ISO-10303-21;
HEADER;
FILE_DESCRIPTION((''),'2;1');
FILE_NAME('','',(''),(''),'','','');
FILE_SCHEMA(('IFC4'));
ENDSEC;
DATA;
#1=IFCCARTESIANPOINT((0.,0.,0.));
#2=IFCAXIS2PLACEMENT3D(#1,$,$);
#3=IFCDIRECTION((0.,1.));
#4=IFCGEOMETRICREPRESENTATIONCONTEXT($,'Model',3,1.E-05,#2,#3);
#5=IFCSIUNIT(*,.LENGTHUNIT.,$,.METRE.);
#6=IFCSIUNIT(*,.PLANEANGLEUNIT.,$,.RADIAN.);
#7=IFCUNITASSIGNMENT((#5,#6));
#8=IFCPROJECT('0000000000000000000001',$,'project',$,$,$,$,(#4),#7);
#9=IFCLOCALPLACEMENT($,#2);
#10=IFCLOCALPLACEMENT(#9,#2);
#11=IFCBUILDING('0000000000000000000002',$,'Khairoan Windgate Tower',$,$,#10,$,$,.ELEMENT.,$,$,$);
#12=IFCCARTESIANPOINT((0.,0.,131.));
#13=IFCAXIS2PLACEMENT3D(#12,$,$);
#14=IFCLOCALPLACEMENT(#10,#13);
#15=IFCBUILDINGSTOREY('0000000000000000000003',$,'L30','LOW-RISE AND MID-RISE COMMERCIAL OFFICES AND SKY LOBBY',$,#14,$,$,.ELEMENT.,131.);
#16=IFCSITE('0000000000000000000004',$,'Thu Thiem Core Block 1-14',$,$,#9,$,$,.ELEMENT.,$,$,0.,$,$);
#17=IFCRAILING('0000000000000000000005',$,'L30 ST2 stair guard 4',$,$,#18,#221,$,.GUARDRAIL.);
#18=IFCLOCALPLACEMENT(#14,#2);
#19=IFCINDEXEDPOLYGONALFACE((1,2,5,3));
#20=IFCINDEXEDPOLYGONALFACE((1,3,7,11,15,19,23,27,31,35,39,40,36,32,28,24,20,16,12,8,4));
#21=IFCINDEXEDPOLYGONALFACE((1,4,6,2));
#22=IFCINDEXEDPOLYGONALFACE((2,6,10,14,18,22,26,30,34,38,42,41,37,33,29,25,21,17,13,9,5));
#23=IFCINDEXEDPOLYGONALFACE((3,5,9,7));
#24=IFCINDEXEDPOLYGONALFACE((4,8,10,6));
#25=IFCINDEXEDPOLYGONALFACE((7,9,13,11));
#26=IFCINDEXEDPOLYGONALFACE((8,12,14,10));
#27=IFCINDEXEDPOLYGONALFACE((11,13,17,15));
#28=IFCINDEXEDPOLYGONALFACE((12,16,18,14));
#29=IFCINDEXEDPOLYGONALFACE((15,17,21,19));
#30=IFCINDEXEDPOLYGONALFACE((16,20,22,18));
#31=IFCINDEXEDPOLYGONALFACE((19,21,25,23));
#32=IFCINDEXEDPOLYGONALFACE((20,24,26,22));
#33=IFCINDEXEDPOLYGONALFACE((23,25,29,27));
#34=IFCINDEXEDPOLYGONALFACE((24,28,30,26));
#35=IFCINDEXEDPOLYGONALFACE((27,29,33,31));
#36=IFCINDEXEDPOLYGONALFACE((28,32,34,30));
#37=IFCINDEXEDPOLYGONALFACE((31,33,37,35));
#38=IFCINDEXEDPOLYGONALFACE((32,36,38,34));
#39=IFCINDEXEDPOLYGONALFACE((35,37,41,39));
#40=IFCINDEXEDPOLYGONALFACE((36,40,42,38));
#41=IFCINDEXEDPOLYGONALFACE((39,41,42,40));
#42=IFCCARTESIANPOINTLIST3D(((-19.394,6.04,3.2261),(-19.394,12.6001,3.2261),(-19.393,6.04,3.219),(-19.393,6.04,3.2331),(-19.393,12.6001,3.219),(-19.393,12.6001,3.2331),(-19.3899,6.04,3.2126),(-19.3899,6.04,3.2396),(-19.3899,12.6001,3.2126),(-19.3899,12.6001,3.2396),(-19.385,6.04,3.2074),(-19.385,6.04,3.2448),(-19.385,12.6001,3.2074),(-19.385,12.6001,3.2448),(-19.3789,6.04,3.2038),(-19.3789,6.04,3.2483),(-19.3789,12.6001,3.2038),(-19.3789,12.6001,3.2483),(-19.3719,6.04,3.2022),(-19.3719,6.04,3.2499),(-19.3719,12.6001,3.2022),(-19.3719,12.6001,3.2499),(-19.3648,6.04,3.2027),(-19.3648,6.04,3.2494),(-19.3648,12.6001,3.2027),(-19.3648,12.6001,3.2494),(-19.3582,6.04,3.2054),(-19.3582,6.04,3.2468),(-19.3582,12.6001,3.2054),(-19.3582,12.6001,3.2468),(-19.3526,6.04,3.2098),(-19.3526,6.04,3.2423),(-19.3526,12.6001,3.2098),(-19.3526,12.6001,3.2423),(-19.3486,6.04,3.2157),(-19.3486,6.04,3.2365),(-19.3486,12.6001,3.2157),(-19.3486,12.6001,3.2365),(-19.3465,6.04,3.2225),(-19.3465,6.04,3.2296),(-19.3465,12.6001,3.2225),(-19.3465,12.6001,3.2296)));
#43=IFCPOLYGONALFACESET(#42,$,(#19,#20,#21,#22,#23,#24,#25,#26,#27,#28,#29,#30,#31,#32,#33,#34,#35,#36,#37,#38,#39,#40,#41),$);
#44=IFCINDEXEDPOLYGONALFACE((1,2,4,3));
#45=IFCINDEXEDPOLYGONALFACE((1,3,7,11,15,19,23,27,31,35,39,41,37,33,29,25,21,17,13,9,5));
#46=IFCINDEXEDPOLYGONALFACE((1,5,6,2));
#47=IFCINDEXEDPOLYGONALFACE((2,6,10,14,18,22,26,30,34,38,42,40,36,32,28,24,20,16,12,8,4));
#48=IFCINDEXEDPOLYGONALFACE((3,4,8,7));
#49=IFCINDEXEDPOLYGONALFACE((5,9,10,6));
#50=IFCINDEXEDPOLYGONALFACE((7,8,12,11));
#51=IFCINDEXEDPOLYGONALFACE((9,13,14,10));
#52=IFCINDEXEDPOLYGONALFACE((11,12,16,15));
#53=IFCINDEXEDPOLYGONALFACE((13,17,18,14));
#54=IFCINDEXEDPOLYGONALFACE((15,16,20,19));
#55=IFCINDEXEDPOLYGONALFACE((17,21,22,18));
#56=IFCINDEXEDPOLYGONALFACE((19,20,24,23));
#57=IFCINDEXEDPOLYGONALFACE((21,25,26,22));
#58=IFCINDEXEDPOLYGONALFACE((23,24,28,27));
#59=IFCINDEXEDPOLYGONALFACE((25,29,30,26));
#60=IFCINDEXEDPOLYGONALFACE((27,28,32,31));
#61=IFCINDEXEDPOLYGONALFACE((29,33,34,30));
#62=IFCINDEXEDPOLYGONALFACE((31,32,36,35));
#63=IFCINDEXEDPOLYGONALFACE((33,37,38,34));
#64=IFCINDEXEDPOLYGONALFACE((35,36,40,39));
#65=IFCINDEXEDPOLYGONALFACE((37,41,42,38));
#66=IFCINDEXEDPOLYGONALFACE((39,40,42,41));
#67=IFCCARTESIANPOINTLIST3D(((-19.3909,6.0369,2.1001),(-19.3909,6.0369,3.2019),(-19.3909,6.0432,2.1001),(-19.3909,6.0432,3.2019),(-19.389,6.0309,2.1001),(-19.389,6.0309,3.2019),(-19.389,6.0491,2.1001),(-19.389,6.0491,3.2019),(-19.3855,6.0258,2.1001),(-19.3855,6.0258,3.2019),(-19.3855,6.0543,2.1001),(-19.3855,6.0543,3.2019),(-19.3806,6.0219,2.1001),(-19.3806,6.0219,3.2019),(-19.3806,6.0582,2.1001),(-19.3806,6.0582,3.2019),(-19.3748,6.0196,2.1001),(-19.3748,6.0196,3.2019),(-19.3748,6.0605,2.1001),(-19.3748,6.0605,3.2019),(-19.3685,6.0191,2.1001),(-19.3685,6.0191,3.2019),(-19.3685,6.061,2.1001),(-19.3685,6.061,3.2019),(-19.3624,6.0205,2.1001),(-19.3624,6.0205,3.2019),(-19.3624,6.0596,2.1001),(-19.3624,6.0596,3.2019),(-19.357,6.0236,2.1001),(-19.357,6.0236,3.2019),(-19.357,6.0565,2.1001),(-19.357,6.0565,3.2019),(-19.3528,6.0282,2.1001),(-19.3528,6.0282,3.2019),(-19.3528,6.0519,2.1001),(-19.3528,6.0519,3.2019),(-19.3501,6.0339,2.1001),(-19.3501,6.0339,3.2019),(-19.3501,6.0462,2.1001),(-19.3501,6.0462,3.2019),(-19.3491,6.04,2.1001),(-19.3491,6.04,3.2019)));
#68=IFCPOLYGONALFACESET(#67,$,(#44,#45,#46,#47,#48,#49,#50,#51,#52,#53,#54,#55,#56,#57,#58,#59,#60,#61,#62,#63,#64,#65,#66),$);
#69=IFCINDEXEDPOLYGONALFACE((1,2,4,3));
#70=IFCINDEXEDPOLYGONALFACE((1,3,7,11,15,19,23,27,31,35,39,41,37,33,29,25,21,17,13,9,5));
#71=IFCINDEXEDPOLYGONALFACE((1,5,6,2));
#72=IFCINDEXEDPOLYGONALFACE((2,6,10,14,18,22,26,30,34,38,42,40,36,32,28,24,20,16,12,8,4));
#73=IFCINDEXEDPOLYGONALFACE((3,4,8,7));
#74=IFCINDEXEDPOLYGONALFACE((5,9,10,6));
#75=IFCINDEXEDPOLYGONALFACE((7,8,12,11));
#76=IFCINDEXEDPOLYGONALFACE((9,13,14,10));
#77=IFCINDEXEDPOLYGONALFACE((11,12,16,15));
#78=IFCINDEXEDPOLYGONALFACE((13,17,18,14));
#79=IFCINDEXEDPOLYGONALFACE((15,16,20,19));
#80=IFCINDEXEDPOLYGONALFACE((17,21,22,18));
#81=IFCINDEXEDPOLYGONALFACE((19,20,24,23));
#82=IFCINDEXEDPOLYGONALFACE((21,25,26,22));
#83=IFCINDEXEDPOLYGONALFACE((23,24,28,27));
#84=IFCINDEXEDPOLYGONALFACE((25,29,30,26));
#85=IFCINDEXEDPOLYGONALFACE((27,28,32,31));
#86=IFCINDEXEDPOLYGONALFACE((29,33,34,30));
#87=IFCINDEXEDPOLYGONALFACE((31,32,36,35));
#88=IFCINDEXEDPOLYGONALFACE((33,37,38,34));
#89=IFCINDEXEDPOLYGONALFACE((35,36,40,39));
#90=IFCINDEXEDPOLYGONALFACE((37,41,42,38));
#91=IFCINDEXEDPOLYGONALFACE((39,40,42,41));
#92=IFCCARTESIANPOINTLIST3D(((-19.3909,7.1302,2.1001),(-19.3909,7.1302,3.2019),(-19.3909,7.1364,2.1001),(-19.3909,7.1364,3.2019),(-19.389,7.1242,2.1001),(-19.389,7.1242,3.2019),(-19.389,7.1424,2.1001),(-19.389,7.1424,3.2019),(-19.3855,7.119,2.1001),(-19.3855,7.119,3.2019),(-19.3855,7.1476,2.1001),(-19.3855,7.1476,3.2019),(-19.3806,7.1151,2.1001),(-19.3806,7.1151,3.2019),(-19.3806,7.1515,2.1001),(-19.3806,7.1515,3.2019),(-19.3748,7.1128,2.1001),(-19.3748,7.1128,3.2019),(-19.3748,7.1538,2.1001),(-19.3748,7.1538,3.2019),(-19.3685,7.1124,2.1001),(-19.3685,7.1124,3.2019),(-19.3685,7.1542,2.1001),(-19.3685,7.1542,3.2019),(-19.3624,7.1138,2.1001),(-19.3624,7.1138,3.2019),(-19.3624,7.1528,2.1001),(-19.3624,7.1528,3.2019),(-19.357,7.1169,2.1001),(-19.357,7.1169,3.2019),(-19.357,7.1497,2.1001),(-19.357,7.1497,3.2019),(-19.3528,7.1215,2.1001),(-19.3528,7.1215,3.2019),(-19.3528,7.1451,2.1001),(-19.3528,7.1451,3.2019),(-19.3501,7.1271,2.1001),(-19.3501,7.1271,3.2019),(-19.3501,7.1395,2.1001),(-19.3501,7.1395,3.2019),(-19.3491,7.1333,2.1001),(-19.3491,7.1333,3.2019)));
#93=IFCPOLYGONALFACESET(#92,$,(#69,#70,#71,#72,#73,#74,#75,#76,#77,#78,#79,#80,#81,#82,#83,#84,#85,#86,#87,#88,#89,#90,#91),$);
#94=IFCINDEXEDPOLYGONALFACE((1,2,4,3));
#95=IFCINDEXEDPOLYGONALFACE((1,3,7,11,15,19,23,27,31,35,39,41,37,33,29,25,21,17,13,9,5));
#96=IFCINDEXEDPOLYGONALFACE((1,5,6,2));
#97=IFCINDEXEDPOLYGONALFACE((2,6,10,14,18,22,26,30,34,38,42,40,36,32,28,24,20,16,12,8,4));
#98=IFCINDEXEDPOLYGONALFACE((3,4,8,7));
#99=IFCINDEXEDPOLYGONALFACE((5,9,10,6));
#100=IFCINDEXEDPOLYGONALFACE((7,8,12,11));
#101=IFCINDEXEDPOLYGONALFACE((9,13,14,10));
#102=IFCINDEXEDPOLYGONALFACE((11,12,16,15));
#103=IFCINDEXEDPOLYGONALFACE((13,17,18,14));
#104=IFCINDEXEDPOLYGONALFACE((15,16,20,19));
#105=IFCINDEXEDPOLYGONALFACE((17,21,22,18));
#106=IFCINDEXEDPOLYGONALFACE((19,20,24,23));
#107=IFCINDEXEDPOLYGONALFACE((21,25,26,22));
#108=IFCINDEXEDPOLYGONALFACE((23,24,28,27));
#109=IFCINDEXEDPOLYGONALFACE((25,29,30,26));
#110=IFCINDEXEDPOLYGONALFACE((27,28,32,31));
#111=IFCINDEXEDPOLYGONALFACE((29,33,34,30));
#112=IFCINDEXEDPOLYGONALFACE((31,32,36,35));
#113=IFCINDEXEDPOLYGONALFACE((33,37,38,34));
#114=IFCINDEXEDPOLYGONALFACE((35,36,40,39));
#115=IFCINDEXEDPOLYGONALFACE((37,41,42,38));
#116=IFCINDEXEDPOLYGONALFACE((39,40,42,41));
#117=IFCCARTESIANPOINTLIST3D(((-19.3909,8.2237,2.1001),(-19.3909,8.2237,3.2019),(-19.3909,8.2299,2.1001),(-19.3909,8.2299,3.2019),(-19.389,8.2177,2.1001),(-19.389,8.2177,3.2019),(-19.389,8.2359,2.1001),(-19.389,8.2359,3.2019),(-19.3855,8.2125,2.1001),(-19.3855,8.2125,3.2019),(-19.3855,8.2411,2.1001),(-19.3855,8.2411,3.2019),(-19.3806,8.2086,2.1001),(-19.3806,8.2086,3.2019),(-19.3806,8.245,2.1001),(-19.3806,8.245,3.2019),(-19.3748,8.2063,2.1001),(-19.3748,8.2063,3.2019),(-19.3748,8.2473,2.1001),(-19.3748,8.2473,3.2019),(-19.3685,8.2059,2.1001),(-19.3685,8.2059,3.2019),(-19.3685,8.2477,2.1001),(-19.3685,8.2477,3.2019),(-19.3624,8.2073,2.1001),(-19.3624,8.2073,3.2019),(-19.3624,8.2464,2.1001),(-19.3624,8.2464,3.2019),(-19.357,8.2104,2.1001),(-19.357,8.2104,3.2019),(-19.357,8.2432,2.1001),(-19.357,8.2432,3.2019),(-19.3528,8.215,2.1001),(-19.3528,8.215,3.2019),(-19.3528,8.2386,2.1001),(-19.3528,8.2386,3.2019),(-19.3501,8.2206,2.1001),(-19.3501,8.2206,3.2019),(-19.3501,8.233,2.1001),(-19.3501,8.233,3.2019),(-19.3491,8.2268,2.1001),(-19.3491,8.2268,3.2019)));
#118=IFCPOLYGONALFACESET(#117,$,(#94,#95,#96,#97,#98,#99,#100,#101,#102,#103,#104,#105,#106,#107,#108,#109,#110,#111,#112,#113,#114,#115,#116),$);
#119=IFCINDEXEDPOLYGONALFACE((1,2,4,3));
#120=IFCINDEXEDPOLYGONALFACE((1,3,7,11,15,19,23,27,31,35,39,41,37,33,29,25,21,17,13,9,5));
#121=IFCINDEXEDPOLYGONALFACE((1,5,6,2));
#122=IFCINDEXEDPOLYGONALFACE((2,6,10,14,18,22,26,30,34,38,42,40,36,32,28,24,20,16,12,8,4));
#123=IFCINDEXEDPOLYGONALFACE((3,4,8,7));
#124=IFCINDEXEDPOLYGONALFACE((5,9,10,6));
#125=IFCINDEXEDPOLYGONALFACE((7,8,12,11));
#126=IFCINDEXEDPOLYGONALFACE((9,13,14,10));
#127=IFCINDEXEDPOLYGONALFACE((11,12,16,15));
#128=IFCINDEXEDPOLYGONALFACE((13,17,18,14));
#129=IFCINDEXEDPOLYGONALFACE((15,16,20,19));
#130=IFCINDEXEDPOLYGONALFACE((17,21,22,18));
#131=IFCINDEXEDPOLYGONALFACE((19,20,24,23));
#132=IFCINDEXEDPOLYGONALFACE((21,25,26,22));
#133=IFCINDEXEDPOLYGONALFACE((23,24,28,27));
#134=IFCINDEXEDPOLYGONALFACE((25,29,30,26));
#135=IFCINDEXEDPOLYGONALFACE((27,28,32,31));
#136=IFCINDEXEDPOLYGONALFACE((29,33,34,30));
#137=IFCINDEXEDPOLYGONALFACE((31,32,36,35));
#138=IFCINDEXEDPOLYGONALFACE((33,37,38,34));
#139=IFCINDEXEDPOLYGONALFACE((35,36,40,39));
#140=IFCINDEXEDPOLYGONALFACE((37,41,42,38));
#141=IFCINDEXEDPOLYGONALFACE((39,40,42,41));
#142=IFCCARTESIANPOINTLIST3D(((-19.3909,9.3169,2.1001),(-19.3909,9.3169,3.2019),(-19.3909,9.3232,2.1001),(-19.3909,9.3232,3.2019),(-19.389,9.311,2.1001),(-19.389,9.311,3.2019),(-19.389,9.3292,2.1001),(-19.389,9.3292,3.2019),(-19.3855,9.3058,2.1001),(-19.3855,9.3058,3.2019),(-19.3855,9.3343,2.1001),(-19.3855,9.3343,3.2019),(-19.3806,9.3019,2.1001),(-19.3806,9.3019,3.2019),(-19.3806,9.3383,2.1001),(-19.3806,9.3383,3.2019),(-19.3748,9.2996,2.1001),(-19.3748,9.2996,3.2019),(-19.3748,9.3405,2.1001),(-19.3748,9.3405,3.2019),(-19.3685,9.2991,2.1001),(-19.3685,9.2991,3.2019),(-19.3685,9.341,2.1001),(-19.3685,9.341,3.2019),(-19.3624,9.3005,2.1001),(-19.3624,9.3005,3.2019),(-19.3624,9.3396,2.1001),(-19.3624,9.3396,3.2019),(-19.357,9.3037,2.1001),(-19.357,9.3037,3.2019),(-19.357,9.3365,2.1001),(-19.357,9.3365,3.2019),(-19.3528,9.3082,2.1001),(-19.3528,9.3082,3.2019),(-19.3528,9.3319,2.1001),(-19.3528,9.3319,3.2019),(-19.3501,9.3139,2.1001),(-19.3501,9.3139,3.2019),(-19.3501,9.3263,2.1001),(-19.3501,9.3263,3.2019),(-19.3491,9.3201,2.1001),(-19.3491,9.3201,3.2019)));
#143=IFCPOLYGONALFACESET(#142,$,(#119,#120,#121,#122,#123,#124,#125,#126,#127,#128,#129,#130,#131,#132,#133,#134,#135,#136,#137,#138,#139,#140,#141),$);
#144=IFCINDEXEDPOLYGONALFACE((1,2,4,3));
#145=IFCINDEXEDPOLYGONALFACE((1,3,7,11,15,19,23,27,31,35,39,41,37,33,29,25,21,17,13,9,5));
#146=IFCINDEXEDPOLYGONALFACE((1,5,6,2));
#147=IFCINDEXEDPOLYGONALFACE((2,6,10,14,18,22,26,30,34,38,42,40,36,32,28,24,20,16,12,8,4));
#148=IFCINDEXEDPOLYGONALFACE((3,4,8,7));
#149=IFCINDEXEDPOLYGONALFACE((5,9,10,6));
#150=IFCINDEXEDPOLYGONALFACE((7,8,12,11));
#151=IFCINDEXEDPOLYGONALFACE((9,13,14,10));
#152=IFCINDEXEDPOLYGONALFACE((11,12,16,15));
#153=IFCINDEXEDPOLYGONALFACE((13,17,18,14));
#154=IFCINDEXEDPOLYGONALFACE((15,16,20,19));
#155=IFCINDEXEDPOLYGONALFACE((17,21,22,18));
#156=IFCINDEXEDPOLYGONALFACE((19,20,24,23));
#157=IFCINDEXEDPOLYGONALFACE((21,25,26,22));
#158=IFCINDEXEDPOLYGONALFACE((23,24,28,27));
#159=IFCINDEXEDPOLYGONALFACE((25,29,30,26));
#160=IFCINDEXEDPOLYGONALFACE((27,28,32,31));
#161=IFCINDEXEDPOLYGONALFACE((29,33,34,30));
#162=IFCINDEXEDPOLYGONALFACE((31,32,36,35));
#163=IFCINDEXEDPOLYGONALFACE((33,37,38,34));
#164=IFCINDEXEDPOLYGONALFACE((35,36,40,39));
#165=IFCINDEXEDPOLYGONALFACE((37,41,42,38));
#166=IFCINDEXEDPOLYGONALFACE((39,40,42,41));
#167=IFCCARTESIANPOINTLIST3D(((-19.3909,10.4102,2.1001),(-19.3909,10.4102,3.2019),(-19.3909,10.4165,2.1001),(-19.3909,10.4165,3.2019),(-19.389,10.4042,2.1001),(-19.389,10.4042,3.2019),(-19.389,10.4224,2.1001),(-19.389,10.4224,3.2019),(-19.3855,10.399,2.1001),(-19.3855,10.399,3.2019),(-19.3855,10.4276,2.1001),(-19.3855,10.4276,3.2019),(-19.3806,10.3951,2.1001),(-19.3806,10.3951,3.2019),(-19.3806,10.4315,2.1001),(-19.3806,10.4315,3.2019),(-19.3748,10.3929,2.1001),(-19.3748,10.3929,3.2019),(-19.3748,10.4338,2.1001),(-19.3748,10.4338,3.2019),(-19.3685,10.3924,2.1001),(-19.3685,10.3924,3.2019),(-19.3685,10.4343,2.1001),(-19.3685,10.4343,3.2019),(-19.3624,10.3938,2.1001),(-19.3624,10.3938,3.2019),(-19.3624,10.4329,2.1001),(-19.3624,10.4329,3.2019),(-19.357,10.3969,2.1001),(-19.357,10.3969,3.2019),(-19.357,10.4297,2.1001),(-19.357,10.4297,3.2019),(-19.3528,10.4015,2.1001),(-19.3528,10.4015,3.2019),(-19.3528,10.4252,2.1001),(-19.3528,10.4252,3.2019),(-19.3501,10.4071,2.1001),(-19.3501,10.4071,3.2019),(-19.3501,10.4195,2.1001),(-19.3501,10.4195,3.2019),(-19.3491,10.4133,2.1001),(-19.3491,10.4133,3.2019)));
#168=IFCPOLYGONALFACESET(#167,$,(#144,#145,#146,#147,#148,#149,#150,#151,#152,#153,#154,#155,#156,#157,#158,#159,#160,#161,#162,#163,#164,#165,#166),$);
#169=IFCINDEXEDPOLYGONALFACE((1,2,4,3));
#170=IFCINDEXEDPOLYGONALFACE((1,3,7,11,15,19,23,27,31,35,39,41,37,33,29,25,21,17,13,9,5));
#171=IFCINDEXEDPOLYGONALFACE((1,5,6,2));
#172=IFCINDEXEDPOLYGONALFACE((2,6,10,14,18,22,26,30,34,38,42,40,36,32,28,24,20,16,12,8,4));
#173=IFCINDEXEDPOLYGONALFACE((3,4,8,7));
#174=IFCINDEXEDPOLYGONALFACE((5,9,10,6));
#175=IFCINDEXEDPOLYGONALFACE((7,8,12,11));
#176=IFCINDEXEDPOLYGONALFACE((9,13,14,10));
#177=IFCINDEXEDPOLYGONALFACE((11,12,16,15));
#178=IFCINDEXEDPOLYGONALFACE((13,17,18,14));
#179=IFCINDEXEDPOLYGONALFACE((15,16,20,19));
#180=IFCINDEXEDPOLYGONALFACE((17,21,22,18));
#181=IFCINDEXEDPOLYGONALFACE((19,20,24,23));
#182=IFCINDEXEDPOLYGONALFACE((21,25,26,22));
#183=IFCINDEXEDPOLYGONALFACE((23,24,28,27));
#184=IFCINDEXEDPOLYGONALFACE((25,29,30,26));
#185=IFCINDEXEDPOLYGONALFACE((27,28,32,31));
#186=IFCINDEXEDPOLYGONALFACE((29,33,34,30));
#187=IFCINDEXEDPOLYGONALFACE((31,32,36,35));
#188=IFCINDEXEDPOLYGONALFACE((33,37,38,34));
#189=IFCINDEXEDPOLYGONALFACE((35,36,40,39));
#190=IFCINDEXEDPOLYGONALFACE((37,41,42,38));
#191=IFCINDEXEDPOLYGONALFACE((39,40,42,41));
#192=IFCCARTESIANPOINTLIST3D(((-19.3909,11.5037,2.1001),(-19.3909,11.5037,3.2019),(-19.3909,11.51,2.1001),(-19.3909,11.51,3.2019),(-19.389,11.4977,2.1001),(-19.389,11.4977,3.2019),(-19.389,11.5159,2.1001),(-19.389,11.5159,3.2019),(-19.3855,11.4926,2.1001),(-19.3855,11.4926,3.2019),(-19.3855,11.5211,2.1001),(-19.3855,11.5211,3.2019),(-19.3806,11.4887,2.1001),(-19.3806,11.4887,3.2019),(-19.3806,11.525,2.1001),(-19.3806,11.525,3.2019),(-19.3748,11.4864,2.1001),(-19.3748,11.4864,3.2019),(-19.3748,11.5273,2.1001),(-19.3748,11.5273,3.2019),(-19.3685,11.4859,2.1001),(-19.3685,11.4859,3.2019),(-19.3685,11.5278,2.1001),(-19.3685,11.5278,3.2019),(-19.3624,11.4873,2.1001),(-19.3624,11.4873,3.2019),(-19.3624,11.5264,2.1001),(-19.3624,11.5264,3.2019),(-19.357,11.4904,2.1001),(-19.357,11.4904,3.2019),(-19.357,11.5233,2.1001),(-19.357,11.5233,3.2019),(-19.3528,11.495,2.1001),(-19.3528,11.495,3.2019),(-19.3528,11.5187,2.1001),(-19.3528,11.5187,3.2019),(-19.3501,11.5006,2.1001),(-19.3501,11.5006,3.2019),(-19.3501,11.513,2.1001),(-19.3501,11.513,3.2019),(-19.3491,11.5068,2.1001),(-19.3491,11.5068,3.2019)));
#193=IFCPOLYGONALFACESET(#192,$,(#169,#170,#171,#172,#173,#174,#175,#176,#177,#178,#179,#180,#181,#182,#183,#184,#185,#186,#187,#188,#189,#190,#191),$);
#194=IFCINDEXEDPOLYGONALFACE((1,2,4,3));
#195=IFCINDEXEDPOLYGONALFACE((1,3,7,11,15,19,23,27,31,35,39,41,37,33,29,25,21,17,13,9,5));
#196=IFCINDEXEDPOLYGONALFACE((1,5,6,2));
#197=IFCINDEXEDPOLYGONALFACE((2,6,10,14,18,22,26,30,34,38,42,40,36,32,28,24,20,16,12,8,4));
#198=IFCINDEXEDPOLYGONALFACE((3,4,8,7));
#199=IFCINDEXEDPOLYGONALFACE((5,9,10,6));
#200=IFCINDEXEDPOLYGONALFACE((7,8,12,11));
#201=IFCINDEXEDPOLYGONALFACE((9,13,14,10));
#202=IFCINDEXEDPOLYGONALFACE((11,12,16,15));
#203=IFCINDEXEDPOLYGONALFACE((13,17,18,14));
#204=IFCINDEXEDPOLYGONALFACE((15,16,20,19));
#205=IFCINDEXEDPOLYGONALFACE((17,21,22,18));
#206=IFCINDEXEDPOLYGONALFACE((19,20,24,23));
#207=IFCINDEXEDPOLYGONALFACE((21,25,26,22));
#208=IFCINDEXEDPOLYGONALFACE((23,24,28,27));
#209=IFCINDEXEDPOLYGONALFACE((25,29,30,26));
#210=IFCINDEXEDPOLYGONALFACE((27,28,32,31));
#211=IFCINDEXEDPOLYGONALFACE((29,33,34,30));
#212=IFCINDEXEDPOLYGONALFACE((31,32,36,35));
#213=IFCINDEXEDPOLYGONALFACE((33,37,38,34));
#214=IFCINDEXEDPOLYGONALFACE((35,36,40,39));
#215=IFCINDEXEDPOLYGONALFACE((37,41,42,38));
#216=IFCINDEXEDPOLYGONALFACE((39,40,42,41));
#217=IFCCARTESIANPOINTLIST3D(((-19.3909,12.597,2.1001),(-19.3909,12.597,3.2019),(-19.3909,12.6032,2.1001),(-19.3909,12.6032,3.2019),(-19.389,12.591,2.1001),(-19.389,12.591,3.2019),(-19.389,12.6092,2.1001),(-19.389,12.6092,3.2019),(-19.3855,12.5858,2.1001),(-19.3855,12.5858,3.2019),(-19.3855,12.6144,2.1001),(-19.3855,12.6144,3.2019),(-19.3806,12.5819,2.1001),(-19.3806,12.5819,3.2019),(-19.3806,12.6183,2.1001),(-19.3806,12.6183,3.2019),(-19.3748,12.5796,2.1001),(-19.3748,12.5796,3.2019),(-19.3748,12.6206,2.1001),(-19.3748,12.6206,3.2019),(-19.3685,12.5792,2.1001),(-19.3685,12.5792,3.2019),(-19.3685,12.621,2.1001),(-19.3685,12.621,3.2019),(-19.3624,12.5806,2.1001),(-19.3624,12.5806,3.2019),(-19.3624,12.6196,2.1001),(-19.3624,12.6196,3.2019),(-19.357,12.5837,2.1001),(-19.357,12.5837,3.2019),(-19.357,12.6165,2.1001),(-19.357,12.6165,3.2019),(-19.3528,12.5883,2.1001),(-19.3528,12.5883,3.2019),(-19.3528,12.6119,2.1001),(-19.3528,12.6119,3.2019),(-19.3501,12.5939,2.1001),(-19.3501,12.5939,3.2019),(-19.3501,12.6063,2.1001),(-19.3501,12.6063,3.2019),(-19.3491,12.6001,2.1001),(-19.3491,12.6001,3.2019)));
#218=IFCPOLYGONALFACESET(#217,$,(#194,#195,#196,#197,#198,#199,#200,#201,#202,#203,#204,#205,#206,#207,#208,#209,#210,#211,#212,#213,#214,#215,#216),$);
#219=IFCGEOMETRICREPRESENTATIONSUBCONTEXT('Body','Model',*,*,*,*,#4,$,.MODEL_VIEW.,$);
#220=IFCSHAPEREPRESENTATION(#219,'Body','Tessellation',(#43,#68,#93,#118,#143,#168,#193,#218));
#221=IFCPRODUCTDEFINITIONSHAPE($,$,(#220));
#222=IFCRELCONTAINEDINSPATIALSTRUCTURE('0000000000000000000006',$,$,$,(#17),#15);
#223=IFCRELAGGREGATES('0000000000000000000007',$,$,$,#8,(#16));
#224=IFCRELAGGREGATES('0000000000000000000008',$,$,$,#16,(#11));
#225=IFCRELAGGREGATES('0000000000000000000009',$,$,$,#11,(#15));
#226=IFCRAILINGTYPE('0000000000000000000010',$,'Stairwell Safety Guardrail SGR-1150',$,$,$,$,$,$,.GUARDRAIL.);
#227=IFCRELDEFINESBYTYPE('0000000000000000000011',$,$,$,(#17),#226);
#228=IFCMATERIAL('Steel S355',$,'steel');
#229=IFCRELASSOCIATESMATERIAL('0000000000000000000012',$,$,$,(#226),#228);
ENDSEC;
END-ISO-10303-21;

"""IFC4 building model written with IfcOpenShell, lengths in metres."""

from ifc_helpers import new_model, si_unit, direction, frame, origin, origin_2d, place, context, subcontext, project, spatial, circle, extrude, material, type_object, element, save


model = new_model("IFC4")

# Units and contexts
model_context = context("Model", 3, precision=1e-05, world=origin(), true_north=direction((0.0, 1.0)))
body_context = subcontext(model_context, "Body", "Model", "MODEL_VIEW")
ifc_project = project(units=[si_unit("LENGTHUNIT", "METRE"), si_unit("PLANEANGLEUNIT", "RADIAN")], contexts=[model_context])

# Site, building, storey
site_placement = place(None, origin())
site = spatial("IfcSite", under=ifc_project, at=site_placement, Name="Thu Thiem Core Block 1-14", CompositionType="ELEMENT", RefElevation=0.0)
building_placement = place(site_placement, origin())
building = spatial("IfcBuilding", under=site, at=building_placement, Name="Khairoan Windgate Tower", CompositionType="ELEMENT")
storey_placement = place(building_placement, frame((0.0, 0.0, 131.0)))
storey = spatial("IfcBuildingStorey", under=building, at=storey_placement, Name="L30", Description="LOW-RISE AND MID-RISE COMMERCIAL OFFICES AND SKY LOBBY", CompositionType="ELEMENT", Elevation=131.0)

# Railing
ifc_material_1 = material(Name="Steel S355", Category="steel")
railing_type_1 = type_object("IfcRailingType", Name="Stairwell Safety Guardrail SGR-1150", PredefinedType="GUARDRAIL", material=ifc_material_1)
railing_1_placement = place(storey_placement, frame((-19.3701, 6.04, 2.1001)))
element("IfcRailing", 1, at=railing_1_placement, inside=storey, type_object=railing_type_1, Name="L30 ST2 stair guard 4", PredefinedType="GUARDRAIL", context=body_context, shape_type="SweptSolid", body=[
    extrude(circle(Radius=0.0239, at=origin_2d()), frame((0.0, 0.0, 1.126), z_axis=(0.0, 1.0, 0.0), x_axis=(-1.0, 0.0, 0.0)), (0.0, 0.0, 1.0), 6.5601),
    extrude(circle(Radius=0.021, at=origin_2d()), origin(), (0.0, 0.0, 1.0), 1.1018),
    extrude(circle(Radius=0.021, at=origin_2d()), frame((0.0, 1.0933, 0.0)), (0.0, 0.0, 1.0), 1.1018),
    extrude(circle(Radius=0.021, at=origin_2d()), frame((0.0, 2.1868, 0.0)), (0.0, 0.0, 1.0), 1.1018),
    extrude(circle(Radius=0.021, at=origin_2d()), frame((0.0, 3.28, 0.0)), (0.0, 0.0, 1.0), 1.1018),
    extrude(circle(Radius=0.021, at=origin_2d()), frame((0.0, 4.3733, 0.0)), (0.0, 0.0, 1.0), 1.1018),
    extrude(circle(Radius=0.021, at=origin_2d()), frame((0.0, 5.4668, 0.0)), (0.0, 0.0, 1.0), 1.1018),
    extrude(circle(Radius=0.021, at=origin_2d()), frame((0.0, 6.5601, 0.0)), (0.0, 0.0, 1.0), 1.1018),
])

save(model, "model.ifc")
